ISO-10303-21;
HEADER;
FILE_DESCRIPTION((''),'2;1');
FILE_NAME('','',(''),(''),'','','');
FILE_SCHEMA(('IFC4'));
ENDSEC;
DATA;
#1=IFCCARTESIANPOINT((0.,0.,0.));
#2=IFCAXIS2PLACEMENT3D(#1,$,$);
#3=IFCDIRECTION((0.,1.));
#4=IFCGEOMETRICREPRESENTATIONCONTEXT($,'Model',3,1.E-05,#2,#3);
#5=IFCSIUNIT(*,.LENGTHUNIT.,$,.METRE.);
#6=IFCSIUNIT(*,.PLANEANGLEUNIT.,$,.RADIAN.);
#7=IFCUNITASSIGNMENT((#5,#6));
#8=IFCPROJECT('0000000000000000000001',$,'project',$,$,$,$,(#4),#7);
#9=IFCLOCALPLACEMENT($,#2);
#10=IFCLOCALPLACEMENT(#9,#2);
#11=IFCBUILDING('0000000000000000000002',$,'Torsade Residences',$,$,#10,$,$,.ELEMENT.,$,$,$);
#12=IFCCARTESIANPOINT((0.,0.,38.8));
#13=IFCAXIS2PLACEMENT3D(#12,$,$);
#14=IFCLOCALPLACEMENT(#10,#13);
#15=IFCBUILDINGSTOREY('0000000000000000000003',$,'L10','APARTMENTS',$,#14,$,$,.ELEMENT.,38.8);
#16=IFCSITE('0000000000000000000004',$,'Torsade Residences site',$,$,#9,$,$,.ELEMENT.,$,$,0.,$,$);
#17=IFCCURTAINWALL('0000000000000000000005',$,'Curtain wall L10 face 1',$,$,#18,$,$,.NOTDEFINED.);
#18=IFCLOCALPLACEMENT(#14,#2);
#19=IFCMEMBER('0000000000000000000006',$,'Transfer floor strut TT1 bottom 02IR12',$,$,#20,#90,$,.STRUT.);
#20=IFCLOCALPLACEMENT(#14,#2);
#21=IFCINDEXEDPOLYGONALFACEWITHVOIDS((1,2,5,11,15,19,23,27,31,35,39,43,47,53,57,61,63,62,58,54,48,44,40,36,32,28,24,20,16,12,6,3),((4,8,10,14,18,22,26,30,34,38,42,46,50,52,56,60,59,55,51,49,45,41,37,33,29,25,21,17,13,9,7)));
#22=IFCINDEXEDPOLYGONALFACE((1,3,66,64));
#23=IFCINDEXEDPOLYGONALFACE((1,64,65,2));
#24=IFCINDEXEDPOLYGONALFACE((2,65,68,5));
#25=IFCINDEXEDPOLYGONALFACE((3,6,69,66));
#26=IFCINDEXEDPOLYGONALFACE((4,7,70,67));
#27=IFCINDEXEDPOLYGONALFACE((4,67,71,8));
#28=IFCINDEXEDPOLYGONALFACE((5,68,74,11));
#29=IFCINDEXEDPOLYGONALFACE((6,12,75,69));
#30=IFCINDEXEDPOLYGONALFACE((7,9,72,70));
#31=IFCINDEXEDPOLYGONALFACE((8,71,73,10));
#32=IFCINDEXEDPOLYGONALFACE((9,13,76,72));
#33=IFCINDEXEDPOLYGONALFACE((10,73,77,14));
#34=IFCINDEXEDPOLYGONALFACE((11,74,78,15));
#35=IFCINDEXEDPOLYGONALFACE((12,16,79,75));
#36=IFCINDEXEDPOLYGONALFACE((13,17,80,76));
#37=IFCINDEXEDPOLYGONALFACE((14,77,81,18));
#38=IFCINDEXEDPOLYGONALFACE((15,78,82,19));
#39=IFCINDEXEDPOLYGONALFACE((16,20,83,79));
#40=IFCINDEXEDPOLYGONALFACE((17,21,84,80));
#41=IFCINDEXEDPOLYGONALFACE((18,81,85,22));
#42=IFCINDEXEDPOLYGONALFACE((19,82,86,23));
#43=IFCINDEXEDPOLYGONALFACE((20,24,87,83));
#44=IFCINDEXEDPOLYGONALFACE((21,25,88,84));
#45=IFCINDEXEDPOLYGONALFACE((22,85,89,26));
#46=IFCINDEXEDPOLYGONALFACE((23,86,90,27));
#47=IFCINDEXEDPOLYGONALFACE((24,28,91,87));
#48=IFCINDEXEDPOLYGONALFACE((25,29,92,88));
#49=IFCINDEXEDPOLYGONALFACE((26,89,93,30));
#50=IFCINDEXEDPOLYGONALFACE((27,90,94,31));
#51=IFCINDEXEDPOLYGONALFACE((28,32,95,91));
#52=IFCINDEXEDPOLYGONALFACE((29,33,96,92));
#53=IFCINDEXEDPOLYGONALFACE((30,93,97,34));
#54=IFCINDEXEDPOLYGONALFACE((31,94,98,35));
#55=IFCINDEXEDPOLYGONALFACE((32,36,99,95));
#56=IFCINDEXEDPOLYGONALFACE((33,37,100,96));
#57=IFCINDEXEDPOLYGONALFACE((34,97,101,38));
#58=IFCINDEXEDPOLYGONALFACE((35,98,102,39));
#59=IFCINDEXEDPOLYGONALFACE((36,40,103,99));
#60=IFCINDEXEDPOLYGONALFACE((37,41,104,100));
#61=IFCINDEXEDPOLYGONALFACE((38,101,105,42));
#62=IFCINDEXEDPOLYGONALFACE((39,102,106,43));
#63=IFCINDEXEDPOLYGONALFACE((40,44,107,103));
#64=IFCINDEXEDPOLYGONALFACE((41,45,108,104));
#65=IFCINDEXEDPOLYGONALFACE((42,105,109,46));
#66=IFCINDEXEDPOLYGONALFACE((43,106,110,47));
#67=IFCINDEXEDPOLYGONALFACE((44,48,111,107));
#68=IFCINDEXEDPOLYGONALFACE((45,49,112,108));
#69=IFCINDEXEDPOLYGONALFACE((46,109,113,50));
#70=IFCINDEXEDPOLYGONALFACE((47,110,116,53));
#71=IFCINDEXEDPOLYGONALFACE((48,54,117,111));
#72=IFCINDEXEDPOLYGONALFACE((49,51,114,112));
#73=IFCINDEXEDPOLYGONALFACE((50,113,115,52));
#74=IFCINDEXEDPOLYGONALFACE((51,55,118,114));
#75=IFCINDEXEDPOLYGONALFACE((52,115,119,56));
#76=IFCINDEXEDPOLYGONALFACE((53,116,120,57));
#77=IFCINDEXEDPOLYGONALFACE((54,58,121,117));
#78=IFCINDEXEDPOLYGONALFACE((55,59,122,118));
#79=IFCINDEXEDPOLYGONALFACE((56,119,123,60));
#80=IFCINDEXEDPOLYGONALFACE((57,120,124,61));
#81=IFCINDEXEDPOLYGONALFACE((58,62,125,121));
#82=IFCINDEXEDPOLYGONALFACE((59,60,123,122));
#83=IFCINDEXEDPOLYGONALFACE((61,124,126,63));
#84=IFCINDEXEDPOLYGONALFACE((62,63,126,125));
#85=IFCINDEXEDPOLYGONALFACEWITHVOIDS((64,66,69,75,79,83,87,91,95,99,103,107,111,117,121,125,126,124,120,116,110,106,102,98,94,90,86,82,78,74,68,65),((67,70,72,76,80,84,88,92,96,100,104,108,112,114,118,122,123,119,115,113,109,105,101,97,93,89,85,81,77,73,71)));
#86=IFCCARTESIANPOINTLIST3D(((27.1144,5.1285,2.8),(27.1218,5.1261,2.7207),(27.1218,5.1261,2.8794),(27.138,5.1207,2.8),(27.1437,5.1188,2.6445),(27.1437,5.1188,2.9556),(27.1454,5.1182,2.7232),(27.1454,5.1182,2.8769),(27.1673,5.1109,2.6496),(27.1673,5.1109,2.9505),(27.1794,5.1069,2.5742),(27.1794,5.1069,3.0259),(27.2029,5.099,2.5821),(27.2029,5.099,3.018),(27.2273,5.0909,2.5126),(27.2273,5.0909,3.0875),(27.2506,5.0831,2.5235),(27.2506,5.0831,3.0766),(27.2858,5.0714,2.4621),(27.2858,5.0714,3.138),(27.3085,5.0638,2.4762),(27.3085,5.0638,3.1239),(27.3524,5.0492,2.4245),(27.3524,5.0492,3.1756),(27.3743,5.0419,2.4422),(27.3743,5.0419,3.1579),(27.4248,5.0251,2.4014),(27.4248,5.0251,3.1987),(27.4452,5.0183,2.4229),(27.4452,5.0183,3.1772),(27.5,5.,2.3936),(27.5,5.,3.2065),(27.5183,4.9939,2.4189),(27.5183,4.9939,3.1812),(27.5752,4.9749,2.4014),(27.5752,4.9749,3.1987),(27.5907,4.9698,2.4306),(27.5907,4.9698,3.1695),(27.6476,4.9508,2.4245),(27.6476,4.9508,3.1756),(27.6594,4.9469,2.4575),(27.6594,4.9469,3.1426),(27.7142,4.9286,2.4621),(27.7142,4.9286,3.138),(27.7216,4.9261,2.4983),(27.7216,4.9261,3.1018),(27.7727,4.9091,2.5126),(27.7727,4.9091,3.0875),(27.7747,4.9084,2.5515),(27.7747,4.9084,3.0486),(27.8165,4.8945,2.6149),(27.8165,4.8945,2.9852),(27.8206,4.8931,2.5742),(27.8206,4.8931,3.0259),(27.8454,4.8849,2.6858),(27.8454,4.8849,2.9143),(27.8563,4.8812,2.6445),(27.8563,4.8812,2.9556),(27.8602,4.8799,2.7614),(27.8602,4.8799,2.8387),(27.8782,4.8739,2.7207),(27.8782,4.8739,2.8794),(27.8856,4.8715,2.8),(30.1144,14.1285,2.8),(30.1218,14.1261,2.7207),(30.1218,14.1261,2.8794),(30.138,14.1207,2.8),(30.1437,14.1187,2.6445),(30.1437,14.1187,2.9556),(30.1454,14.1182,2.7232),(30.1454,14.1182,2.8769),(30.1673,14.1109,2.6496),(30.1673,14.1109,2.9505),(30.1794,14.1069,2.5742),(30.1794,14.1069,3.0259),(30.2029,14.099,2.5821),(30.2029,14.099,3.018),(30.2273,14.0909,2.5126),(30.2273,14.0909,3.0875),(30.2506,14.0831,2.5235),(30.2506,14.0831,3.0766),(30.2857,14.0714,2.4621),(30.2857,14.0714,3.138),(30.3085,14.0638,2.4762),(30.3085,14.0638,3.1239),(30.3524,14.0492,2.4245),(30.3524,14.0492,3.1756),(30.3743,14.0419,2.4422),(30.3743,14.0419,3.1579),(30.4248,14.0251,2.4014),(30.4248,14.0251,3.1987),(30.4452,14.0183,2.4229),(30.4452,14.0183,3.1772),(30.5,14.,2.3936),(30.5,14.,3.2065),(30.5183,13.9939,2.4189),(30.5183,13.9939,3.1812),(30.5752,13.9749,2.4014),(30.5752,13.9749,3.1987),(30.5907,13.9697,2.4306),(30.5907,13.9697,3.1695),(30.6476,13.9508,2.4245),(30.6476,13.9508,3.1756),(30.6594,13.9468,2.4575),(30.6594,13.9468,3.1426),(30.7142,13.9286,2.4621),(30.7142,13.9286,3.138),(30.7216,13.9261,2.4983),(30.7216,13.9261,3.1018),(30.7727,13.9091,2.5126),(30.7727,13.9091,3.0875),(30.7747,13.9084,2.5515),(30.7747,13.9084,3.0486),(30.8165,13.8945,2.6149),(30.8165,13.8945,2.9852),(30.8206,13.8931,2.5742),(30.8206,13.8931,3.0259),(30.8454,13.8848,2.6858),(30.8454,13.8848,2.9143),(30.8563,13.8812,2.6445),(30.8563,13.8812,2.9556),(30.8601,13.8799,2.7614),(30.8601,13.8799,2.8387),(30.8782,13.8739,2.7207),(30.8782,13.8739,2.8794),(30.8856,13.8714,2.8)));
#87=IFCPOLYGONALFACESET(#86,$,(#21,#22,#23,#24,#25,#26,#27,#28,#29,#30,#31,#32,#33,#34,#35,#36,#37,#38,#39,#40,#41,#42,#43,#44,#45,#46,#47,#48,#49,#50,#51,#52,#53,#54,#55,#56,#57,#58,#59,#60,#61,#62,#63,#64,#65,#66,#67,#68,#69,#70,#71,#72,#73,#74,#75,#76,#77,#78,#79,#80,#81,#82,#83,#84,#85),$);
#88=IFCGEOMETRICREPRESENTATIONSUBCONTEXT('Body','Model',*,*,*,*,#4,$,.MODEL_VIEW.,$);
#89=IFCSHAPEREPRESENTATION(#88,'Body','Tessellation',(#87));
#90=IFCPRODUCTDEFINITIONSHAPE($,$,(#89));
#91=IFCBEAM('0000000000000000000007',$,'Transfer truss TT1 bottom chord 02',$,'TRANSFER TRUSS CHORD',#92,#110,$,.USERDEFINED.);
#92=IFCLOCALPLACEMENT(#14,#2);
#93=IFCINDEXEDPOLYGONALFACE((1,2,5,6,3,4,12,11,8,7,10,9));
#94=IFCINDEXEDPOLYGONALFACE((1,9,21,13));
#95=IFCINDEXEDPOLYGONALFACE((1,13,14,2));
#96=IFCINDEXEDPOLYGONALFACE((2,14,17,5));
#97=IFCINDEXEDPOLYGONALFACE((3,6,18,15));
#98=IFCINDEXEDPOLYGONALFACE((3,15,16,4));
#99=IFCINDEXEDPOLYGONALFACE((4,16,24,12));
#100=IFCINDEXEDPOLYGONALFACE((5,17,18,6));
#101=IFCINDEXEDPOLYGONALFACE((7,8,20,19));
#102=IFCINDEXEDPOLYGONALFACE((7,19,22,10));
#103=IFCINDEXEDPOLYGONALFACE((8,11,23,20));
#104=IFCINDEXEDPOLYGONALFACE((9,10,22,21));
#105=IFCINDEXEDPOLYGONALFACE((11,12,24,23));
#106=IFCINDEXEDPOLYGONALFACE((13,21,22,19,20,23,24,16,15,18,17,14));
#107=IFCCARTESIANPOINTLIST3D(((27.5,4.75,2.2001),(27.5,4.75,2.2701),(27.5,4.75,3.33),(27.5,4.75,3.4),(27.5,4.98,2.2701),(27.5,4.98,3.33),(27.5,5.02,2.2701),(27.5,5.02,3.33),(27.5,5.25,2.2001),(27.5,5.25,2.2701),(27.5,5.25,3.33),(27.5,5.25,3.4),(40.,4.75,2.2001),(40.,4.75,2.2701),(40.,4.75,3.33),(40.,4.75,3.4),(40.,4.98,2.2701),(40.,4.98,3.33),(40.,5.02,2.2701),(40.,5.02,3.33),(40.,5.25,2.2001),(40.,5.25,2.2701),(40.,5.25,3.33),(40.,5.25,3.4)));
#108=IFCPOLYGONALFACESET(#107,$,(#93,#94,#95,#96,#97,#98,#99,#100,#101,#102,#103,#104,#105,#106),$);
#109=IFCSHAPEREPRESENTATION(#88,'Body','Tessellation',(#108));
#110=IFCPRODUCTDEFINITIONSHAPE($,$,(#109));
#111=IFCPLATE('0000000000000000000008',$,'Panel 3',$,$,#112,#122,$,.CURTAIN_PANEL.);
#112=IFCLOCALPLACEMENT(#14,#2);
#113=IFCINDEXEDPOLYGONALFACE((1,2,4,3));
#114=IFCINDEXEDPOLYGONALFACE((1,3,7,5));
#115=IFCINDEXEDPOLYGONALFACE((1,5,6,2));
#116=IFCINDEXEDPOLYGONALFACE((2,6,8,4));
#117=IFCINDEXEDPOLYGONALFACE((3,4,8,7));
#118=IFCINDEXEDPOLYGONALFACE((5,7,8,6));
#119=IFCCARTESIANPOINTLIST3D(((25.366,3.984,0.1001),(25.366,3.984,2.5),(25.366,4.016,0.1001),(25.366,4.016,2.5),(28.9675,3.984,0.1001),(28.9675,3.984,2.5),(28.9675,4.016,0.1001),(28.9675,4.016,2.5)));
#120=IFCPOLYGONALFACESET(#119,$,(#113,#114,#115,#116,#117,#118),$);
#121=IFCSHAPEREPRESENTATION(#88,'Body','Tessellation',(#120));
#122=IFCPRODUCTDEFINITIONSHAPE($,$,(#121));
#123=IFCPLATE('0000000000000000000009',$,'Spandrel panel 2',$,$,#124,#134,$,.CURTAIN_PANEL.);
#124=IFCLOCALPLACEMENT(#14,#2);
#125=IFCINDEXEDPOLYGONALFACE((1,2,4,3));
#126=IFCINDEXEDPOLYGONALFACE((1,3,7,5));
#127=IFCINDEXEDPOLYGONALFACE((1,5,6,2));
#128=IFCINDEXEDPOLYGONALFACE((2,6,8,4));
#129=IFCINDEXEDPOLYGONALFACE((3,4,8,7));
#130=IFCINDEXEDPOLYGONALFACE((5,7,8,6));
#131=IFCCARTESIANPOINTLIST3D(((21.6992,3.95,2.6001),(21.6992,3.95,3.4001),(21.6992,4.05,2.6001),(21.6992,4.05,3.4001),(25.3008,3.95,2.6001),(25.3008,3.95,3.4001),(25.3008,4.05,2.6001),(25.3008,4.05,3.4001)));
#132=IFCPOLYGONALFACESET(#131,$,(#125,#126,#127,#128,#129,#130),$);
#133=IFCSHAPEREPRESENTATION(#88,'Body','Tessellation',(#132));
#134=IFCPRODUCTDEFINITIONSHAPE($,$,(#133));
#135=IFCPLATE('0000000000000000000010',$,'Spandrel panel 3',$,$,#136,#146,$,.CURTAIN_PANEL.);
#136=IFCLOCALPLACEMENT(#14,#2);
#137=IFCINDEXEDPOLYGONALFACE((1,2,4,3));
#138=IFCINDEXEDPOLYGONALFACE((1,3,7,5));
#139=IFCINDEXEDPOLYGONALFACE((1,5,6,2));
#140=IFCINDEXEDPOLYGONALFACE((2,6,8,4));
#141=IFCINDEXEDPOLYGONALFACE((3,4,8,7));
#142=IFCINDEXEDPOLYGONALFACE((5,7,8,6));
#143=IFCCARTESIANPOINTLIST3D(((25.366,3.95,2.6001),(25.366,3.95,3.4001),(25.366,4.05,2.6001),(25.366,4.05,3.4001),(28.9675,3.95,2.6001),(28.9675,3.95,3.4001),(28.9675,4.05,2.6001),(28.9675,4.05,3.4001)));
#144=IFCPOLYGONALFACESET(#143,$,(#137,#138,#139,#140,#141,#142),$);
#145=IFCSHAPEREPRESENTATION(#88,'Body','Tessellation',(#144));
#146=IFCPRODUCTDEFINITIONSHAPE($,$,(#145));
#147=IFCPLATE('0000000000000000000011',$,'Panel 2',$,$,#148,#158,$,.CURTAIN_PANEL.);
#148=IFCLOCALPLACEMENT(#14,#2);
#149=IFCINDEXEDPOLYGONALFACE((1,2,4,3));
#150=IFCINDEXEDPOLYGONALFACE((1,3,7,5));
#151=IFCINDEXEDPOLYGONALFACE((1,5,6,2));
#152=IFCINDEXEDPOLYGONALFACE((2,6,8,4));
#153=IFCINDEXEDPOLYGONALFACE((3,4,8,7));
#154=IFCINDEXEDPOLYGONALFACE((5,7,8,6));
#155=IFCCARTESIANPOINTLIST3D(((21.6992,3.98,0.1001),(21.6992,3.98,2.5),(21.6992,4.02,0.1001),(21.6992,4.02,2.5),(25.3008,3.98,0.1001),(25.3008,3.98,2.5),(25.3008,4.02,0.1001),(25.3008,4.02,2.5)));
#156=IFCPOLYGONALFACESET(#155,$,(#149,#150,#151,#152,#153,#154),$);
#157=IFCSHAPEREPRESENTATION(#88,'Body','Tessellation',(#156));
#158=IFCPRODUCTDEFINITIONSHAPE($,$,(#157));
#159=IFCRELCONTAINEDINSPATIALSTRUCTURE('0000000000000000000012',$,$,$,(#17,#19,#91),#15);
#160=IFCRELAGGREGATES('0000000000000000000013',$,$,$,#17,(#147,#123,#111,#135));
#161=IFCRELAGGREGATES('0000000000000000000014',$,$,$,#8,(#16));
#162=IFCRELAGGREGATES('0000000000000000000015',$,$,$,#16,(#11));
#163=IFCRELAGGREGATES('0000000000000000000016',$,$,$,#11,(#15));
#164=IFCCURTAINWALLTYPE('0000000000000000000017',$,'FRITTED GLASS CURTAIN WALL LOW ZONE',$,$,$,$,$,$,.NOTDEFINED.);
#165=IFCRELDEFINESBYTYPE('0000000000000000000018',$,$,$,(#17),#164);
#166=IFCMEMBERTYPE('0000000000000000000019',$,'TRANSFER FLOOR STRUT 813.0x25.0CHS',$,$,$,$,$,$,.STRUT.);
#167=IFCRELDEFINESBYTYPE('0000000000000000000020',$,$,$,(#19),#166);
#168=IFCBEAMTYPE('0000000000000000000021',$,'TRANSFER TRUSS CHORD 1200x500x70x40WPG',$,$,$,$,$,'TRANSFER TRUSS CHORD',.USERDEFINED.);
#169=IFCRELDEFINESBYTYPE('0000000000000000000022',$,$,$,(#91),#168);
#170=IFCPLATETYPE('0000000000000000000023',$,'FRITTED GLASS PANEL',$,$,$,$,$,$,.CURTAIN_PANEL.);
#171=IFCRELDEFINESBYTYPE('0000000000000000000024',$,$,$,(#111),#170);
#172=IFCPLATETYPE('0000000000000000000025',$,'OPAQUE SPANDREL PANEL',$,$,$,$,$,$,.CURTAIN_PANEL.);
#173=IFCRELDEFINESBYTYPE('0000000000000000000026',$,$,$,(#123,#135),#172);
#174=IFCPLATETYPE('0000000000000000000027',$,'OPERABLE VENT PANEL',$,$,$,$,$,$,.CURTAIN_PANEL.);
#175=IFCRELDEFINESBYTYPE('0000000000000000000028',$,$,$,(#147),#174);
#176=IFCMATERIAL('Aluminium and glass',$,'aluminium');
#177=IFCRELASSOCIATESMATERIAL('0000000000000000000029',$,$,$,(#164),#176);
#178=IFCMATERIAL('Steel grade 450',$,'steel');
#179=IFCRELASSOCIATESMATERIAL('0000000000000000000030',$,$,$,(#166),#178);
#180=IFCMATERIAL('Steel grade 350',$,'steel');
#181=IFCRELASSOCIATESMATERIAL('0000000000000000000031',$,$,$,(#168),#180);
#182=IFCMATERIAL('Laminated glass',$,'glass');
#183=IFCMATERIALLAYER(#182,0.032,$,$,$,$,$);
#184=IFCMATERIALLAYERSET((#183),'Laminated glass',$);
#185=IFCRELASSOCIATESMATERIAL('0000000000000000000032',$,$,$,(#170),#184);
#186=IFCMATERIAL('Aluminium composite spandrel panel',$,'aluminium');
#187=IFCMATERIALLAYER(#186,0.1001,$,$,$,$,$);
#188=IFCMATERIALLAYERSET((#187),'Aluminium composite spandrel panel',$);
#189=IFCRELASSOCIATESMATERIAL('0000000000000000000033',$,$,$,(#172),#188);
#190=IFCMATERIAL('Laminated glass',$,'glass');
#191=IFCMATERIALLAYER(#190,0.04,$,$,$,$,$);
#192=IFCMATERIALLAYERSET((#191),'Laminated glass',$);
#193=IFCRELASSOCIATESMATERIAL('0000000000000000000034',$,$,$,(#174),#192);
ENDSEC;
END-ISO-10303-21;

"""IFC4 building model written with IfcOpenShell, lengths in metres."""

from ifc_helpers import new_model, si_unit, direction, frame, origin, origin_2d, place, context, subcontext, project, spatial, rectangle, hollow_circle, i_section, extrude, material, layer, layer_set, material_profile, profile_set, type_object, element, aggregate, save


model = new_model("IFC4")

# Units and contexts
model_context = context("Model", 3, precision=1e-05, world=origin(), true_north=direction((0.0, 1.0)))
body_context = subcontext(model_context, "Body", "Model", "MODEL_VIEW")
ifc_project = project(units=[si_unit("LENGTHUNIT", "METRE"), si_unit("PLANEANGLEUNIT", "RADIAN")], contexts=[model_context])

# Site, building, storey
site_placement = place(None, origin())
site = spatial("IfcSite", under=ifc_project, at=site_placement, Name="Torsade Residences site", CompositionType="ELEMENT", RefElevation=0.0)
building_placement = place(site_placement, origin())
building = spatial("IfcBuilding", under=site, at=building_placement, Name="Torsade Residences", CompositionType="ELEMENT")
storey_placement = place(building_placement, frame((0.0, 0.0, 38.8)))
storey = spatial("IfcBuildingStorey", under=building, at=storey_placement, Name="L10", Description="APARTMENTS", CompositionType="ELEMENT", Elevation=38.8)

# Curtain wall
ifc_material_1 = material(Name="Aluminium and glass", Category="aluminium")
curtain_wall_type = type_object("IfcCurtainWallType", Name="FRITTED GLASS CURTAIN WALL LOW ZONE", PredefinedType="NOTDEFINED", material=ifc_material_1)
curtain_wall_placement = place(storey_placement, origin())
curtain_wall = element("IfcCurtainWall", 1, at=curtain_wall_placement, inside=storey, type_object=curtain_wall_type, Name="Curtain wall L10 face 1", PredefinedType="NOTDEFINED")

# Member
ifc_material_2 = material(Name="Steel grade 450", Category="steel")
ifc_material_profile_1 = material_profile(ifc_material_2, hollow_circle(Radius=0.4065, WallThickness=0.0249, at=origin_2d()), Name="813.0x25.0CHS")
ifc_profile_set_1 = profile_set([ifc_material_profile_1], Name="Steel grade 450")
member_type_1 = type_object("IfcMemberType", Name="TRANSFER FLOOR STRUT 813.0x25.0CHS", PredefinedType="STRUT", material=ifc_profile_set_1)
member_1_placement = place(storey_placement, frame((27.5, 5.0, 2.8), z_axis=(0.316228, 0.948683, 0.0), x_axis=(-0.948683, 0.316228, 0.0)))
element("IfcMember", 2, at=member_1_placement, inside=storey, type_object=member_type_1, Name="Transfer floor strut TT1 bottom 02IR12", PredefinedType="STRUT", context=body_context, shape_type="SweptSolid", body=[
    extrude(hollow_circle(Radius=0.4065, WallThickness=0.0249, at=origin_2d()), origin(), (0.0, 0.0, 1.0), 9.4868),
])

# Beam
ifc_material_3 = material(Name="Steel grade 350", Category="steel")
ifc_material_profile_2 = material_profile(ifc_material_3, i_section(OverallWidth=0.5, OverallDepth=1.2, WebThickness=0.04, FlangeThickness=0.0701, at=origin_2d()), Name="1200x500x70x40WPG")
ifc_profile_set_2 = profile_set([ifc_material_profile_2], Name="Steel grade 350")
beam_type_1 = type_object("IfcBeamType", Name="TRANSFER TRUSS CHORD 1200x500x70x40WPG", ElementType="TRANSFER TRUSS CHORD", PredefinedType="USERDEFINED", material=ifc_profile_set_2)
beam_1_placement = place(storey_placement, frame((27.5, 5.0, 2.8), z_axis=(1.0, 0.0, 0.0), x_axis=(0.0, 1.0, 0.0)))
element("IfcBeam", 3, at=beam_1_placement, inside=storey, type_object=beam_type_1, Name="Transfer truss TT1 bottom chord 02", ObjectType="TRANSFER TRUSS CHORD", PredefinedType="USERDEFINED", context=body_context, shape_type="SweptSolid", body=[
    extrude(i_section(OverallWidth=0.5, OverallDepth=1.2, WebThickness=0.04, FlangeThickness=0.0701, at=origin_2d()), origin(), (0.0, 0.0, 1.0), 12.5),
])

# Plates
ifc_material_4 = material(Name="Laminated glass", Category="glass")
ifc_layer_1 = layer(ifc_material_4, 0.032)
ifc_layer_set_1 = layer_set([ifc_layer_1], Name="Laminated glass")
plate_type_1 = type_object("IfcPlateType", Name="FRITTED GLASS PANEL", PredefinedType="CURTAIN_PANEL", material=ifc_layer_set_1)
plate_1_placement = place(storey_placement, frame((27.1667, 4.0, 0.1001), z_axis=(0.0, 0.0, 1.0), x_axis=(1.0, 0.0, 0.0)))
plate_1 = element("IfcPlate", 4, at=plate_1_placement, type_object=plate_type_1, Name="Panel 3", PredefinedType="CURTAIN_PANEL", context=body_context, shape_type="SweptSolid", body=[
    extrude(rectangle(XDim=3.6016, YDim=0.032, at=origin_2d()), origin(), (0.0, 0.0, 1.0), 2.3999),
])
ifc_material_5 = material(Name="Aluminium composite spandrel panel", Category="aluminium")
ifc_layer_2 = layer(ifc_material_5, 0.1001)
ifc_layer_set_2 = layer_set([ifc_layer_2], Name="Aluminium composite spandrel panel")
plate_type_2 = type_object("IfcPlateType", Name="OPAQUE SPANDREL PANEL", PredefinedType="CURTAIN_PANEL", material=ifc_layer_set_2)
plate_2_placement = place(storey_placement, frame((23.5, 4.0, 2.6001), z_axis=(0.0, 0.0, 1.0), x_axis=(1.0, 0.0, 0.0)))
plate_2 = element("IfcPlate", 5, at=plate_2_placement, type_object=plate_type_2, Name="Spandrel panel 2", PredefinedType="CURTAIN_PANEL", context=body_context, shape_type="SweptSolid", body=[
    extrude(rectangle(XDim=3.6016, YDim=0.1001, at=origin_2d()), origin(), (0.0, 0.0, 1.0), 0.8),
])
plate_3_placement = place(storey_placement, frame((27.1667, 4.0, 2.6001), z_axis=(0.0, 0.0, 1.0), x_axis=(1.0, 0.0, 0.0)))
plate_3 = element("IfcPlate", 6, at=plate_3_placement, type_object=plate_type_2, Name="Spandrel panel 3", PredefinedType="CURTAIN_PANEL", context=body_context, shape_type="SweptSolid", body=[
    extrude(rectangle(XDim=3.6016, YDim=0.1001, at=origin_2d()), origin(), (0.0, 0.0, 1.0), 0.8),
])
ifc_material_6 = material(Name="Laminated glass", Category="glass")
ifc_layer_3 = layer(ifc_material_6, 0.04)
ifc_layer_set_3 = layer_set([ifc_layer_3], Name="Laminated glass")
plate_type_3 = type_object("IfcPlateType", Name="OPERABLE VENT PANEL", PredefinedType="CURTAIN_PANEL", material=ifc_layer_set_3)
plate_4_placement = place(storey_placement, frame((23.5, 4.0, 0.1001), z_axis=(0.0, 0.0, 1.0), x_axis=(1.0, 0.0, 0.0)))
plate_4 = element("IfcPlate", 7, at=plate_4_placement, type_object=plate_type_3, Name="Panel 2", PredefinedType="CURTAIN_PANEL", context=body_context, shape_type="SweptSolid", body=[
    extrude(rectangle(XDim=3.6016, YDim=0.04, at=origin_2d()), origin(), (0.0, 0.0, 1.0), 2.3999),
])
aggregate(curtain_wall, [plate_4, plate_2, plate_1, plate_3])

save(model, "model.ifc")
